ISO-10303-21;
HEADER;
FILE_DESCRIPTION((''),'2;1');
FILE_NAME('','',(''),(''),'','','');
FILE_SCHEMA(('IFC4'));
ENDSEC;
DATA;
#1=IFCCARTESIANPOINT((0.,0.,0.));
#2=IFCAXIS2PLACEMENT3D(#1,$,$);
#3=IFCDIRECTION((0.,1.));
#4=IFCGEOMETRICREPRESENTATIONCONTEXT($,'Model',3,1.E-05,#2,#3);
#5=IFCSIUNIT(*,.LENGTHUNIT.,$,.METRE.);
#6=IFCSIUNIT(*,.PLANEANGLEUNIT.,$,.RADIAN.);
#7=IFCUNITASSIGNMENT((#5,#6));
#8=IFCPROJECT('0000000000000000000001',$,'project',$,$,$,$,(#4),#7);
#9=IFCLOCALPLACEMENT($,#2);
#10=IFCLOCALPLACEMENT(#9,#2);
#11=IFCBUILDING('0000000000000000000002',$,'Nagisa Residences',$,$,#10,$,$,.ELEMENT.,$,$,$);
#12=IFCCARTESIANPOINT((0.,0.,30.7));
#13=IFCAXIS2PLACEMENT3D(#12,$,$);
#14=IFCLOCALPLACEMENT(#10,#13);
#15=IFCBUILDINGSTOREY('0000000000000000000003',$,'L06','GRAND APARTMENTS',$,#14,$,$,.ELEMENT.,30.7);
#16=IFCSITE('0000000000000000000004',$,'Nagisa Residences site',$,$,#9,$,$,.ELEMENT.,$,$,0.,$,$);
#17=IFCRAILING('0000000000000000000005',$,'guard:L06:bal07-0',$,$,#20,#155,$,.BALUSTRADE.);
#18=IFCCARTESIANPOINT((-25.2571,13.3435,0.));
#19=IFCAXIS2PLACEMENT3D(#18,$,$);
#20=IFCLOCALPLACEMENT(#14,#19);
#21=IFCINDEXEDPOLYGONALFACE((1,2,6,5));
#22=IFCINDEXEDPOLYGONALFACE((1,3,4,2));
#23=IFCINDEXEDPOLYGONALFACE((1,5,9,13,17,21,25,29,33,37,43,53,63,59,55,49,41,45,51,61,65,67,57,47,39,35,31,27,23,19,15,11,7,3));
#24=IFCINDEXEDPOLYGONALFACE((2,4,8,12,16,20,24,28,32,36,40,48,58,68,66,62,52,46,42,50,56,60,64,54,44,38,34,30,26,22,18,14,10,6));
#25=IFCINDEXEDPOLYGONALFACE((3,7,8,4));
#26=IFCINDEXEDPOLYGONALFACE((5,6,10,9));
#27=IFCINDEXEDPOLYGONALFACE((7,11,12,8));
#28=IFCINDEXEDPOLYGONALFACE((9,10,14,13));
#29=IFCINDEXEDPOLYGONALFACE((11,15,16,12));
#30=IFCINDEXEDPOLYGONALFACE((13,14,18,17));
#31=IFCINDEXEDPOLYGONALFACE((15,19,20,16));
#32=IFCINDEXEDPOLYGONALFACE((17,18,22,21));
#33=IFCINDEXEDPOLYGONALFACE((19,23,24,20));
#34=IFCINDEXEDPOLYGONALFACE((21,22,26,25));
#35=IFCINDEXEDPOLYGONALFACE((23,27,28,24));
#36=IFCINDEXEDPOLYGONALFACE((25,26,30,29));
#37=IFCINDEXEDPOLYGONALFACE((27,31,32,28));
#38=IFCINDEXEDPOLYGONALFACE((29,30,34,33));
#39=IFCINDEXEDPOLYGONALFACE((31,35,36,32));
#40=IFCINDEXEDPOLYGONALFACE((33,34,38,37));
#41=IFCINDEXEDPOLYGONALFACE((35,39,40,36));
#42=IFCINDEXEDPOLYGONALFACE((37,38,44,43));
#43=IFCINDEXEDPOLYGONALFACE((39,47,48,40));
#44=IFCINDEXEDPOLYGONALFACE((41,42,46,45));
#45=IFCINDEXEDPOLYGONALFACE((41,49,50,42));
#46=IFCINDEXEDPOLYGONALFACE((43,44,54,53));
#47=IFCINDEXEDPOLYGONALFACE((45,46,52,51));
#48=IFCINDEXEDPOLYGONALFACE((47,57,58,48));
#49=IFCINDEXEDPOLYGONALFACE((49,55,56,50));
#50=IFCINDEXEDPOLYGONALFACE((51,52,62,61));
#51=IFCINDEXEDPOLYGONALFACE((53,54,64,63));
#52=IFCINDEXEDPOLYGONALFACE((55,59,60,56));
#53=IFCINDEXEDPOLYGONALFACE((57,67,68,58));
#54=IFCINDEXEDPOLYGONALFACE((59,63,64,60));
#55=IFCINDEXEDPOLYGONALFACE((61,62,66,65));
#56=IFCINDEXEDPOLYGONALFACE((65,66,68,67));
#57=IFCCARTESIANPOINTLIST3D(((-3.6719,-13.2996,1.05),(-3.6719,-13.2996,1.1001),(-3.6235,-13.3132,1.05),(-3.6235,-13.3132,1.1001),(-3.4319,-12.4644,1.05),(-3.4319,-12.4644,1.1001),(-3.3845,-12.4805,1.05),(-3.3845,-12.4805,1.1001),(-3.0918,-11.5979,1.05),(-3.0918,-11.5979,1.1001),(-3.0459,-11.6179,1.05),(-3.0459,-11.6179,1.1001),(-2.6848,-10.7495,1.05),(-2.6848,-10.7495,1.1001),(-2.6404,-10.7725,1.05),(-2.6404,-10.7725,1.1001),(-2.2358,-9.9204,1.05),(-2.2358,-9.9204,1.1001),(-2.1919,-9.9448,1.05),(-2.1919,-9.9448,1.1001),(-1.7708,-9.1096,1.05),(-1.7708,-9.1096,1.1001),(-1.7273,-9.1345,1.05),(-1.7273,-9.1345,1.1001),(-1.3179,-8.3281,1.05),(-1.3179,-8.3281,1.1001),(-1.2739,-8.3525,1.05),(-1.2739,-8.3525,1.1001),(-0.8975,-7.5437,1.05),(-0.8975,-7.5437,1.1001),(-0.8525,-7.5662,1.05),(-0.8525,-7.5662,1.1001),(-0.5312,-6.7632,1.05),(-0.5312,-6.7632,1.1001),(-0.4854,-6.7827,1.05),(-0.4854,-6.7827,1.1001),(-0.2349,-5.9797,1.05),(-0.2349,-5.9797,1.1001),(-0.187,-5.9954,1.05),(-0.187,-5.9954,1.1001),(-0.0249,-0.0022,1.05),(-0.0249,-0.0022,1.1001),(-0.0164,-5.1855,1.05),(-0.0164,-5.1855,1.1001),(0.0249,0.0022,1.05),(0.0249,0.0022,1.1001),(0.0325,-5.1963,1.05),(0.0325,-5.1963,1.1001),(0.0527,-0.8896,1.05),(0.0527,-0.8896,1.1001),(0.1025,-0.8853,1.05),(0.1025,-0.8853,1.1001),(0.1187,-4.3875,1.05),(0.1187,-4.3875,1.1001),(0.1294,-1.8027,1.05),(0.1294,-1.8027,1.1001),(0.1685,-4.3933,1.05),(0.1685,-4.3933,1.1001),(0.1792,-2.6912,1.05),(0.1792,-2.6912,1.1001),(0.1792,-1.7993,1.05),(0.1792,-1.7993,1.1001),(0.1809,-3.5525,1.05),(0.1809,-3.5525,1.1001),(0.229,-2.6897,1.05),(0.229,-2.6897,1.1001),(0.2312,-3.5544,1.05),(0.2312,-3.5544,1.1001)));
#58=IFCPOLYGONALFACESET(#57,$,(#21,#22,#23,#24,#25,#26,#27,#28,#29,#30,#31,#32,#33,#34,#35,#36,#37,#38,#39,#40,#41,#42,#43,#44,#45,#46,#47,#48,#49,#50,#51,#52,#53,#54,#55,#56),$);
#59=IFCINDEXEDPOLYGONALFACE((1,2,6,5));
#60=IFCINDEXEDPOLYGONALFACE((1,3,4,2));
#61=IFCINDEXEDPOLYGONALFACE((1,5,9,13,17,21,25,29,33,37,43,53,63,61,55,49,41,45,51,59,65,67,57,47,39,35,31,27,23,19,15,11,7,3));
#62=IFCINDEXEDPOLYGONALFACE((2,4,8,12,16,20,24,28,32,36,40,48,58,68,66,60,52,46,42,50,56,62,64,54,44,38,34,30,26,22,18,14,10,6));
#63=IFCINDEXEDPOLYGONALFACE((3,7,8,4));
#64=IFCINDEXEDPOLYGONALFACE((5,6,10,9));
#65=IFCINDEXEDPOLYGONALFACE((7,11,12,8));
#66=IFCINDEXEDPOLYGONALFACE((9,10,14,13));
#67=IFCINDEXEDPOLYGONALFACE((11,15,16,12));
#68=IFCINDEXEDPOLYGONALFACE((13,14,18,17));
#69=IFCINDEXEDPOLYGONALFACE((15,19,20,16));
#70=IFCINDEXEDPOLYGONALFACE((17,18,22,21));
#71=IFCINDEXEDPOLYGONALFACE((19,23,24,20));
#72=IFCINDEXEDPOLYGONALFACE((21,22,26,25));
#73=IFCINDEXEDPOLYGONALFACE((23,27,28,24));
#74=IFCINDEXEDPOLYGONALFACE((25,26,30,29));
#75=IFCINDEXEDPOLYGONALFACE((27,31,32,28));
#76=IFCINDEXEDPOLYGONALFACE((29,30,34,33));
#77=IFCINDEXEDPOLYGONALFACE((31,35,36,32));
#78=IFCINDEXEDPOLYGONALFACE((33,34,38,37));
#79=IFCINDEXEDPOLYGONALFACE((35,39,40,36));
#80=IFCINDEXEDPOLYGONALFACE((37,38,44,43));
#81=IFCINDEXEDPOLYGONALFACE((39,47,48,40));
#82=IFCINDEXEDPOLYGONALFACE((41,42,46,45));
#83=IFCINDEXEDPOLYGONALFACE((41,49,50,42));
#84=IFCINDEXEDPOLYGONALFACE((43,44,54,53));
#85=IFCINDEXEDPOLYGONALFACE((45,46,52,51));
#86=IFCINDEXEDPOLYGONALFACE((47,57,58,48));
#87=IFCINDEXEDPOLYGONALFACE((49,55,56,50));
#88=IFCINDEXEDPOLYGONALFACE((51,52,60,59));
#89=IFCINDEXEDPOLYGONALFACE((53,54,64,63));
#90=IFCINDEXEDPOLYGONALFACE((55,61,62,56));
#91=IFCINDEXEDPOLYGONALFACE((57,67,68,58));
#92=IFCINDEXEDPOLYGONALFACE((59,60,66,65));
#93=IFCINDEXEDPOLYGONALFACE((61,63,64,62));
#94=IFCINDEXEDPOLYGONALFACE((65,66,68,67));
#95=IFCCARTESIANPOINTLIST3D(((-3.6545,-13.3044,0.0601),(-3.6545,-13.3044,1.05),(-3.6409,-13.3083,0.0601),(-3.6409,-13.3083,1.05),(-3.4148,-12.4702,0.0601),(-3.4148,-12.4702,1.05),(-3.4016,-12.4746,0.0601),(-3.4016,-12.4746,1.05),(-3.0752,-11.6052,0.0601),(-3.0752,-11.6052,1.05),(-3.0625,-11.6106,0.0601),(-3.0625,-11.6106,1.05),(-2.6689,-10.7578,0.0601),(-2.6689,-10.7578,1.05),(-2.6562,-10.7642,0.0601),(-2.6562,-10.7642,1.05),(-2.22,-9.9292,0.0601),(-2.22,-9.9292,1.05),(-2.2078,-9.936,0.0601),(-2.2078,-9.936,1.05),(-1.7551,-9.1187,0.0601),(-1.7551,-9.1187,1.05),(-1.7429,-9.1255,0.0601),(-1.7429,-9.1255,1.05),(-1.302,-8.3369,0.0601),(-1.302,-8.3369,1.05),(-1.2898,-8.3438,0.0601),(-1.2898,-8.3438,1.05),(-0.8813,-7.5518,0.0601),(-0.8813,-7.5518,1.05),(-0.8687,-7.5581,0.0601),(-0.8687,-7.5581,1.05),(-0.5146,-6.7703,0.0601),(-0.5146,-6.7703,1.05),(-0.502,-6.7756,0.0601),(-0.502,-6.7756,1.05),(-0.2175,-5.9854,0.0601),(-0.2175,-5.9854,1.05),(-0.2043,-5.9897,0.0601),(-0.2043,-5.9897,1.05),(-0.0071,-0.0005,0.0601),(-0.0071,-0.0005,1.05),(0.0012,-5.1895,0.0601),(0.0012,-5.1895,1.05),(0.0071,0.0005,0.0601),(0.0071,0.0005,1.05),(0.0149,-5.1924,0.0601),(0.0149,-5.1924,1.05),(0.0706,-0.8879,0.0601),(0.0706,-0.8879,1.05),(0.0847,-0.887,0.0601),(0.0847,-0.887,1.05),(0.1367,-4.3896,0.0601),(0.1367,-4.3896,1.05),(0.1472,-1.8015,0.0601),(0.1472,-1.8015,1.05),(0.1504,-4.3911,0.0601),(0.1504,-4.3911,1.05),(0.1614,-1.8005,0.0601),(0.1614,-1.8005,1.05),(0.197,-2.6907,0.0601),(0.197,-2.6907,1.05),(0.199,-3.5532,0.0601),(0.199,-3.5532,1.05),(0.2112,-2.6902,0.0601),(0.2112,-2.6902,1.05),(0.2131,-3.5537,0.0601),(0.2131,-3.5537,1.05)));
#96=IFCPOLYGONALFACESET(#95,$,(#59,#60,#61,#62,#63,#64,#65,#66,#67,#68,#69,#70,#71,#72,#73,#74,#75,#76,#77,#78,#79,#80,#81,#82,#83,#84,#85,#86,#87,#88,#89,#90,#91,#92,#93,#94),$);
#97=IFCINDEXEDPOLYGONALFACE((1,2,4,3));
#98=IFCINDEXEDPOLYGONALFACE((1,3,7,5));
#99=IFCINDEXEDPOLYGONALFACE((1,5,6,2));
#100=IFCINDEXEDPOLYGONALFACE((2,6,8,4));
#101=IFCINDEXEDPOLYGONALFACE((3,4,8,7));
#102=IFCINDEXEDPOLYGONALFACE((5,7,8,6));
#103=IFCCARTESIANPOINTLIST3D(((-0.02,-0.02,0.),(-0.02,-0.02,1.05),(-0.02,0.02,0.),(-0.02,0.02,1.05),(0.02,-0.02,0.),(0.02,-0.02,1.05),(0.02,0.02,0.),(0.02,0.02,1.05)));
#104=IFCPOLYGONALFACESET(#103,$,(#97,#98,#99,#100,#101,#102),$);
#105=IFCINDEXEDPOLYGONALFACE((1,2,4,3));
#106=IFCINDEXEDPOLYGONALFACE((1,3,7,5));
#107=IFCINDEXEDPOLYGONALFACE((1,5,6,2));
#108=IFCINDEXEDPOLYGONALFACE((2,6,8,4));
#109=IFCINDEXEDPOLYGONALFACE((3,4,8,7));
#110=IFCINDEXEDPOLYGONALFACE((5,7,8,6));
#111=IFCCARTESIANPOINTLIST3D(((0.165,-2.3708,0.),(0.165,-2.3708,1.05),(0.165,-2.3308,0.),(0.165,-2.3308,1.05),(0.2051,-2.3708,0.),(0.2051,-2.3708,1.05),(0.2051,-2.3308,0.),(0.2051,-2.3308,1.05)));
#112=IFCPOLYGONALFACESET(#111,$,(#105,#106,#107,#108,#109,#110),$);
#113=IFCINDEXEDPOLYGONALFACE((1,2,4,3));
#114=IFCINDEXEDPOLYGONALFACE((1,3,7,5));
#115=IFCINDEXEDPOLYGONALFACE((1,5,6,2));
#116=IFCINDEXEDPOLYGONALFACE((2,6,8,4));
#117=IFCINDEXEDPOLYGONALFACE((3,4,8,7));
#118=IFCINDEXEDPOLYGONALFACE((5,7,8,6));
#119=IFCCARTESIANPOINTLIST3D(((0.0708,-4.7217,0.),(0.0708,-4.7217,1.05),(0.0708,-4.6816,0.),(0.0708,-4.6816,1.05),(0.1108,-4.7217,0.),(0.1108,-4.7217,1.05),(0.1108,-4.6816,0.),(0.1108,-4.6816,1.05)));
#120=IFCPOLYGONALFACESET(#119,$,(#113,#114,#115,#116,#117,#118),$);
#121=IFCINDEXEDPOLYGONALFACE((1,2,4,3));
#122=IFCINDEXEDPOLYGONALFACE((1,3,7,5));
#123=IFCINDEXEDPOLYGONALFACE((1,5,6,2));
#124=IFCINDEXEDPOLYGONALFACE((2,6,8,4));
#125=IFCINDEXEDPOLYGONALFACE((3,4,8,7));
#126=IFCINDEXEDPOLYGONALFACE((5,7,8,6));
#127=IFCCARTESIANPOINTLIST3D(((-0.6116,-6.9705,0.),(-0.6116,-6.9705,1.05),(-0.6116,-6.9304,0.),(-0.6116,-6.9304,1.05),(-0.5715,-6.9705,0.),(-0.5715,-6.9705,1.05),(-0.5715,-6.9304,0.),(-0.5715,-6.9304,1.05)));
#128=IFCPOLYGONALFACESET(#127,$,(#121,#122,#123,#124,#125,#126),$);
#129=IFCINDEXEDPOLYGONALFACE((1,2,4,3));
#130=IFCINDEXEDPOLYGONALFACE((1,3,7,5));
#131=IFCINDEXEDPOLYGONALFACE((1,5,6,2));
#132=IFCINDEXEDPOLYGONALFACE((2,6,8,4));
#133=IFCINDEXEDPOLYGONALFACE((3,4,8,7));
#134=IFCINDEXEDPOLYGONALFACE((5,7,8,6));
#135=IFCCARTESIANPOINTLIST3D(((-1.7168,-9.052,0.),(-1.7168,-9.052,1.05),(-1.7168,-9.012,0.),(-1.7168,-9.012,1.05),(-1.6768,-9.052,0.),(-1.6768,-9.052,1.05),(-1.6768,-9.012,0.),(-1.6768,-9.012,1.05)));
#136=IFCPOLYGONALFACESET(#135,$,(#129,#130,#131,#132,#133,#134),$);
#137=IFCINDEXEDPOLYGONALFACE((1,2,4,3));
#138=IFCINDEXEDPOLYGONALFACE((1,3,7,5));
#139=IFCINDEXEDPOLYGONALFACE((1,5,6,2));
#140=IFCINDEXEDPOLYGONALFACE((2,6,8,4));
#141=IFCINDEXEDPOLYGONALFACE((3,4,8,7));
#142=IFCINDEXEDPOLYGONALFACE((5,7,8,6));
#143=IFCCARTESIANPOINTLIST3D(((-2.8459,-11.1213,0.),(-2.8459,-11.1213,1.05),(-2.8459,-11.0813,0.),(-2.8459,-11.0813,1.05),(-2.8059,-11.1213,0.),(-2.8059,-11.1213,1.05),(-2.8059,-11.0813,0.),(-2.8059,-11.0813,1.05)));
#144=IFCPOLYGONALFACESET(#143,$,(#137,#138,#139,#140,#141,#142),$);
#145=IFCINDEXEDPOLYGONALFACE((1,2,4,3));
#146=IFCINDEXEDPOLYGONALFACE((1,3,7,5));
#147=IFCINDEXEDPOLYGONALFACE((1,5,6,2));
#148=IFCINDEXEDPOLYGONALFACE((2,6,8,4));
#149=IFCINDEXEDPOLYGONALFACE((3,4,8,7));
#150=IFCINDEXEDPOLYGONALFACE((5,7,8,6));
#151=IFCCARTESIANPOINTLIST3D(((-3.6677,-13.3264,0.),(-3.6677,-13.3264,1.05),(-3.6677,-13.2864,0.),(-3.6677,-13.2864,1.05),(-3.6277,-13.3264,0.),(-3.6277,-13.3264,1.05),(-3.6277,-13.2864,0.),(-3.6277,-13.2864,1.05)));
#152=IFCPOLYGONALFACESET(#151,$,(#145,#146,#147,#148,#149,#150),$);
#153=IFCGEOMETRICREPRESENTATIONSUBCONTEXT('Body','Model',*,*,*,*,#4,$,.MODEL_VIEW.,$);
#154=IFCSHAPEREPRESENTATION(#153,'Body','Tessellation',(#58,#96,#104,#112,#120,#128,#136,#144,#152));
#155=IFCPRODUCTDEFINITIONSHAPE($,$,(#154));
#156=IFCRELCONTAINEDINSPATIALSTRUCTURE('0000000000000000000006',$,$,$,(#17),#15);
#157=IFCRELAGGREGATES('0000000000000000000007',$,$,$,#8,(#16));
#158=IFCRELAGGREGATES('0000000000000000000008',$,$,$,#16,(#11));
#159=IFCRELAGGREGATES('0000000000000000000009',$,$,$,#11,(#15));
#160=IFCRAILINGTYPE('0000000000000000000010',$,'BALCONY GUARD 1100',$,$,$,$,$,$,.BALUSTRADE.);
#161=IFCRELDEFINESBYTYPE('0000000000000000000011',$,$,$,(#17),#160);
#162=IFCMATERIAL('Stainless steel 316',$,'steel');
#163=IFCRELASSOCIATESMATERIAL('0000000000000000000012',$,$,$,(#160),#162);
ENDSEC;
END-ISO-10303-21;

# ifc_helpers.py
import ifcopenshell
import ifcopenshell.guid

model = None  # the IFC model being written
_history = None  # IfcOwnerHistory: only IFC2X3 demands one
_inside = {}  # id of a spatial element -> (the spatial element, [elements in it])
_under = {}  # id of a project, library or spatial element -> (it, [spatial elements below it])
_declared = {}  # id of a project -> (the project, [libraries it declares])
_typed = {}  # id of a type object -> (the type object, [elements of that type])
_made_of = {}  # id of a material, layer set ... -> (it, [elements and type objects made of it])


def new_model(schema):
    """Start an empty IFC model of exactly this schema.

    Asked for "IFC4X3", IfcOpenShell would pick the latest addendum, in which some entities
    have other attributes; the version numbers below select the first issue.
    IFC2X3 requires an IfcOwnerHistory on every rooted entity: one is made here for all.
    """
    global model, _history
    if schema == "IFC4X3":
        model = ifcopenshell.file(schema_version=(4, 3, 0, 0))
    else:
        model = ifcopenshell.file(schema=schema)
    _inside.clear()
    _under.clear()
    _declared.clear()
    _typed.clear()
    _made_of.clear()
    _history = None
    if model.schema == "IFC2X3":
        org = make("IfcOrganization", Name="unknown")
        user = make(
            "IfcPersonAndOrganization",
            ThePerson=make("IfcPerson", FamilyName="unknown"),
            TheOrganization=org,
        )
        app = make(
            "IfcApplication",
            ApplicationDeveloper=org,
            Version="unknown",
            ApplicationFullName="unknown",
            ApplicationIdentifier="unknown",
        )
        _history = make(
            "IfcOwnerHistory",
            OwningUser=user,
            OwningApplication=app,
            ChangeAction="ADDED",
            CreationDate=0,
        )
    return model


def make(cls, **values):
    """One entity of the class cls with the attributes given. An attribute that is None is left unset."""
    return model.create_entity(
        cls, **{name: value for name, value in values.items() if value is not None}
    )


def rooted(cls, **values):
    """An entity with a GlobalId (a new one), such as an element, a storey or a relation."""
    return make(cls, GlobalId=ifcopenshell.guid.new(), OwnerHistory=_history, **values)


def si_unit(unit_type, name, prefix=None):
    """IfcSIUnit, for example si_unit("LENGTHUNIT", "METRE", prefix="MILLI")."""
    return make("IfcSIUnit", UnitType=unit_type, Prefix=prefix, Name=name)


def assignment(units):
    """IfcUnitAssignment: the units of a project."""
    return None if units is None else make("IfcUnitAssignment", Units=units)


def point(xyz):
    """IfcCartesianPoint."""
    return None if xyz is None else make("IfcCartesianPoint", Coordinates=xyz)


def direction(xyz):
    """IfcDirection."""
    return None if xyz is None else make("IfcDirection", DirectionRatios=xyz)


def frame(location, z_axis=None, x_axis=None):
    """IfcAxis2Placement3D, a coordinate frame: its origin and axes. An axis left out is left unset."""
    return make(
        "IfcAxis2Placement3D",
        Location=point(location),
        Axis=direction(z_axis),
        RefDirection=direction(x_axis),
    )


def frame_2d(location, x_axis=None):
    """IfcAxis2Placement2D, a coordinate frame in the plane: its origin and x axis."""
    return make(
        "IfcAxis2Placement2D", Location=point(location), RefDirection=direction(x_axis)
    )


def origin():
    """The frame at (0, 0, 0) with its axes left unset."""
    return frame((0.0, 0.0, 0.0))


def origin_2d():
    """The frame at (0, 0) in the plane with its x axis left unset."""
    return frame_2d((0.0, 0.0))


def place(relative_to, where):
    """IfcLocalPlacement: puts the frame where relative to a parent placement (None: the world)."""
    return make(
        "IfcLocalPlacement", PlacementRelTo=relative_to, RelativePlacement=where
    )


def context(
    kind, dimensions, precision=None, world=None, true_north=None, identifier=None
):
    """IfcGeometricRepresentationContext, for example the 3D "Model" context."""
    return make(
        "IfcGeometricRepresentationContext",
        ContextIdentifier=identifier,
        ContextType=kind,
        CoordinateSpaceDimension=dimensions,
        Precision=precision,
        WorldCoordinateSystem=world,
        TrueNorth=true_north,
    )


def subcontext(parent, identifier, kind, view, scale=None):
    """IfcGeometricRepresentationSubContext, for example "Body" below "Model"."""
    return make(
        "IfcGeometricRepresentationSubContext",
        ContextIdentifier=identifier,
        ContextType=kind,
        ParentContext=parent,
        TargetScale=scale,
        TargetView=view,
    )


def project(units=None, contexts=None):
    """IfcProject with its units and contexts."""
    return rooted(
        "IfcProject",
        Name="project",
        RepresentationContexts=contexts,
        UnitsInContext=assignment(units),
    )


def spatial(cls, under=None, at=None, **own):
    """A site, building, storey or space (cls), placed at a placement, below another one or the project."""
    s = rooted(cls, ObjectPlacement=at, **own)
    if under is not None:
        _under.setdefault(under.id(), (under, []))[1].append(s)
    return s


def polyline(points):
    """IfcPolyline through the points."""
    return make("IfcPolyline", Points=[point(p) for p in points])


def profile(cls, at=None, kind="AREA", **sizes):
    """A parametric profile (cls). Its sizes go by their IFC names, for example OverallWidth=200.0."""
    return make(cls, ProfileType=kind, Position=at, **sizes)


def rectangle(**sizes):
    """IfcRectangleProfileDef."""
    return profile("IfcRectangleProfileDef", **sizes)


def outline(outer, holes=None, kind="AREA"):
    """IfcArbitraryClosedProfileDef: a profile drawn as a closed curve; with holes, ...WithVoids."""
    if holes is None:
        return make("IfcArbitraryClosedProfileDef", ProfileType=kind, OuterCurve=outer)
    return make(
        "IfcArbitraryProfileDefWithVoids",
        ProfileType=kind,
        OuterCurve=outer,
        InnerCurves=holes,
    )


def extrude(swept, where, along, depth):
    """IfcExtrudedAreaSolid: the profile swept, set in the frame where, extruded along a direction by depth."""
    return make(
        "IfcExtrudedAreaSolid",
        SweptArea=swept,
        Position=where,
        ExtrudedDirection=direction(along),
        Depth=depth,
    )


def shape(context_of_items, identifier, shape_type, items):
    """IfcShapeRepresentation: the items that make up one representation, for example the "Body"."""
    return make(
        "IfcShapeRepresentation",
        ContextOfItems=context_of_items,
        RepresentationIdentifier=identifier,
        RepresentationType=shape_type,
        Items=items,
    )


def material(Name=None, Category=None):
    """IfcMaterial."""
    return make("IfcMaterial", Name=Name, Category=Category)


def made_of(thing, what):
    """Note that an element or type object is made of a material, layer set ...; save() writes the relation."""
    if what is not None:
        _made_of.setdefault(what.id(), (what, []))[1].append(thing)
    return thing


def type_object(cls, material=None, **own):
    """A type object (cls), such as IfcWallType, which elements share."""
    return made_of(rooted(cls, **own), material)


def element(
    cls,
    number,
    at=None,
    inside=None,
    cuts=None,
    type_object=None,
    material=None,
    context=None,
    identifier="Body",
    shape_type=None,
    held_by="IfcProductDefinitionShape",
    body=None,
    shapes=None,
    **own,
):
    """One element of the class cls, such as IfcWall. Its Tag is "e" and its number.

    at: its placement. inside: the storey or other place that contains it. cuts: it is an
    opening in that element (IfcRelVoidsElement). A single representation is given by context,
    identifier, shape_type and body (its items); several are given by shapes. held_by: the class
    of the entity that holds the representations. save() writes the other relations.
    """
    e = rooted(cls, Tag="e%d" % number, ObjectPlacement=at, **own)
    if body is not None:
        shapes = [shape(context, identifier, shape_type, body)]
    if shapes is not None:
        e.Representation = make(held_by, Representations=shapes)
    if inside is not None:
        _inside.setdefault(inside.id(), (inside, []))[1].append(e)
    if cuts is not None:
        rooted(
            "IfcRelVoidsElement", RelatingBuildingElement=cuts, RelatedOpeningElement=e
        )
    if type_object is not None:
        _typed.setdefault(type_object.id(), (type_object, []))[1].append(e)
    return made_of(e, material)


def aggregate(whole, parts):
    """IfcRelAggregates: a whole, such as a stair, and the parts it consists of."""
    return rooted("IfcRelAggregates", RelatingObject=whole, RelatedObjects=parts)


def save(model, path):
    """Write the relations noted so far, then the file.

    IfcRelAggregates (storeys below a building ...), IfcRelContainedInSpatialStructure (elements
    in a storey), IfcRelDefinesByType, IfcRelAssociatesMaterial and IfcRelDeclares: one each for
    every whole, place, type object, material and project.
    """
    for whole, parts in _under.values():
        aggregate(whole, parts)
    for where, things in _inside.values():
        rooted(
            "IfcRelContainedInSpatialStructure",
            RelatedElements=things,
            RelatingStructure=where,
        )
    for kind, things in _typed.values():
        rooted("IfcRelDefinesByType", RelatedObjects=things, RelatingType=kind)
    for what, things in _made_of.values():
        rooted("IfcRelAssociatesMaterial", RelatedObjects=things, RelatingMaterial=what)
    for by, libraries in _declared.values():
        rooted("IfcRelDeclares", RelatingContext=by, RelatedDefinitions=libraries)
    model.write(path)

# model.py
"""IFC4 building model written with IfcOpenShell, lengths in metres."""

from ifc_helpers import new_model, si_unit, direction, frame, origin, origin_2d, place, context, subcontext, project, spatial, polyline, rectangle, outline, extrude, material, type_object, element, save


model = new_model("IFC4")

# Units and contexts
model_context = context("Model", 3, precision=1e-05, world=origin(), true_north=direction((0.0, 1.0)))
body_context = subcontext(model_context, "Body", "Model", "MODEL_VIEW")
ifc_project = project(units=[si_unit("LENGTHUNIT", "METRE"), si_unit("PLANEANGLEUNIT", "RADIAN")], contexts=[model_context])

# Site, building, storey
site_placement = place(None, origin())
site = spatial("IfcSite", under=ifc_project, at=site_placement, Name="Nagisa Residences site", CompositionType="ELEMENT", RefElevation=0.0)
building_placement = place(site_placement, origin())
building = spatial("IfcBuilding", under=site, at=building_placement, Name="Nagisa Residences", CompositionType="ELEMENT")
storey_placement = place(building_placement, frame((0.0, 0.0, 30.7)))
storey = spatial("IfcBuildingStorey", under=building, at=storey_placement, Name="L06", Description="GRAND APARTMENTS", CompositionType="ELEMENT", Elevation=30.7)

# Railing
ifc_material_1 = material(Name="Stainless steel 316", Category="steel")
railing_type = type_object("IfcRailingType", Name="BALCONY GUARD 1100", PredefinedType="BALUSTRADE", material=ifc_material_1)
railing_1_placement = place(storey_placement, frame((-25.2571, 13.3435, 0.0)))
element("IfcRailing", 1, at=railing_1_placement, inside=storey, type_object=railing_type, Name="guard:L06:bal07-0", PredefinedType="BALUSTRADE", context=body_context, shape_type="SweptSolid", body=[
    extrude(outline(polyline([(0.1025, -0.8853), (0.0249, 0.0022), (-0.0249, -0.0022), (0.0527, -0.8896), (0.1294, -1.8027), (0.1792, -2.6912), (0.1809, -3.5525), (0.1187, -4.3875), (-0.0164, -5.1855), (-0.2349, -5.9797), (-0.5312, -6.7632), (-0.8975, -7.5437), (-1.3179, -8.3281), (-1.7708, -9.1096), (-2.2358, -9.9204), (-2.6848, -10.7495), (-3.0918, -11.5979), (-3.4319, -12.4644), (-3.6719, -13.2996), (-3.6235, -13.3132), (-3.3845, -12.4805), (-3.0459, -11.6179), (-2.6404, -10.7725), (-2.1919, -9.9448), (-1.7273, -9.1345), (-1.2739, -8.3525), (-0.8525, -7.5662), (-0.4854, -6.7827), (-0.187, -5.9954), (0.0325, -5.1963), (0.1685, -4.3933), (0.2312, -3.5544), (0.229, -2.6897), (0.1792, -1.7993), (0.1025, -0.8853)])), frame((0.0, 0.0, 1.05)), (0.0, 0.0, 1.0), 0.05),
    extrude(outline(polyline([(0.0847, -0.887), (0.0071, 0.0005), (-0.0071, -0.0005), (0.0706, -0.8879), (0.1472, -1.8015), (0.197, -2.6907), (0.199, -3.5532), (0.1367, -4.3896), (0.0012, -5.1895), (-0.2175, -5.9854), (-0.5146, -6.7703), (-0.8813, -7.5518), (-1.302, -8.3369), (-1.7551, -9.1187), (-2.22, -9.9292), (-2.6689, -10.7578), (-3.0752, -11.6052), (-3.4148, -12.4702), (-3.6545, -13.3044), (-3.6409, -13.3083), (-3.4016, -12.4746), (-3.0625, -11.6106), (-2.6562, -10.7642), (-2.2078, -9.936), (-1.7429, -9.1255), (-1.2898, -8.3438), (-0.8687, -7.5581), (-0.502, -6.7756), (-0.2043, -5.9897), (0.0149, -5.1924), (0.1504, -4.3911), (0.2131, -3.5537), (0.2112, -2.6902), (0.1614, -1.8005), (0.0847, -0.887)])), frame((0.0, 0.0, 0.0601)), (0.0, 0.0, 1.0), 0.99),
    extrude(rectangle(XDim=0.04, YDim=0.04, at=origin_2d()), origin(), (0.0, 0.0, 1.0), 1.05),
    extrude(rectangle(XDim=0.04, YDim=0.04, at=origin_2d()), frame((0.1851, -2.3508, 0.0)), (0.0, 0.0, 1.0), 1.05),
    extrude(rectangle(XDim=0.04, YDim=0.04, at=origin_2d()), frame((0.0908, -4.7017, 0.0)), (0.0, 0.0, 1.0), 1.05),
    extrude(rectangle(XDim=0.04, YDim=0.04, at=origin_2d()), frame((-0.5916, -6.9504, 0.0)), (0.0, 0.0, 1.0), 1.05),
    extrude(rectangle(XDim=0.04, YDim=0.04, at=origin_2d()), frame((-1.6968, -9.032, 0.0)), (0.0, 0.0, 1.0), 1.05),
    extrude(rectangle(XDim=0.04, YDim=0.04, at=origin_2d()), frame((-2.8259, -11.1013, 0.0)), (0.0, 0.0, 1.0), 1.05),
    extrude(rectangle(XDim=0.04, YDim=0.04, at=origin_2d()), frame((-3.6477, -13.3064, 0.0)), (0.0, 0.0, 1.0), 1.05),
])

save(model, "model.ifc")
